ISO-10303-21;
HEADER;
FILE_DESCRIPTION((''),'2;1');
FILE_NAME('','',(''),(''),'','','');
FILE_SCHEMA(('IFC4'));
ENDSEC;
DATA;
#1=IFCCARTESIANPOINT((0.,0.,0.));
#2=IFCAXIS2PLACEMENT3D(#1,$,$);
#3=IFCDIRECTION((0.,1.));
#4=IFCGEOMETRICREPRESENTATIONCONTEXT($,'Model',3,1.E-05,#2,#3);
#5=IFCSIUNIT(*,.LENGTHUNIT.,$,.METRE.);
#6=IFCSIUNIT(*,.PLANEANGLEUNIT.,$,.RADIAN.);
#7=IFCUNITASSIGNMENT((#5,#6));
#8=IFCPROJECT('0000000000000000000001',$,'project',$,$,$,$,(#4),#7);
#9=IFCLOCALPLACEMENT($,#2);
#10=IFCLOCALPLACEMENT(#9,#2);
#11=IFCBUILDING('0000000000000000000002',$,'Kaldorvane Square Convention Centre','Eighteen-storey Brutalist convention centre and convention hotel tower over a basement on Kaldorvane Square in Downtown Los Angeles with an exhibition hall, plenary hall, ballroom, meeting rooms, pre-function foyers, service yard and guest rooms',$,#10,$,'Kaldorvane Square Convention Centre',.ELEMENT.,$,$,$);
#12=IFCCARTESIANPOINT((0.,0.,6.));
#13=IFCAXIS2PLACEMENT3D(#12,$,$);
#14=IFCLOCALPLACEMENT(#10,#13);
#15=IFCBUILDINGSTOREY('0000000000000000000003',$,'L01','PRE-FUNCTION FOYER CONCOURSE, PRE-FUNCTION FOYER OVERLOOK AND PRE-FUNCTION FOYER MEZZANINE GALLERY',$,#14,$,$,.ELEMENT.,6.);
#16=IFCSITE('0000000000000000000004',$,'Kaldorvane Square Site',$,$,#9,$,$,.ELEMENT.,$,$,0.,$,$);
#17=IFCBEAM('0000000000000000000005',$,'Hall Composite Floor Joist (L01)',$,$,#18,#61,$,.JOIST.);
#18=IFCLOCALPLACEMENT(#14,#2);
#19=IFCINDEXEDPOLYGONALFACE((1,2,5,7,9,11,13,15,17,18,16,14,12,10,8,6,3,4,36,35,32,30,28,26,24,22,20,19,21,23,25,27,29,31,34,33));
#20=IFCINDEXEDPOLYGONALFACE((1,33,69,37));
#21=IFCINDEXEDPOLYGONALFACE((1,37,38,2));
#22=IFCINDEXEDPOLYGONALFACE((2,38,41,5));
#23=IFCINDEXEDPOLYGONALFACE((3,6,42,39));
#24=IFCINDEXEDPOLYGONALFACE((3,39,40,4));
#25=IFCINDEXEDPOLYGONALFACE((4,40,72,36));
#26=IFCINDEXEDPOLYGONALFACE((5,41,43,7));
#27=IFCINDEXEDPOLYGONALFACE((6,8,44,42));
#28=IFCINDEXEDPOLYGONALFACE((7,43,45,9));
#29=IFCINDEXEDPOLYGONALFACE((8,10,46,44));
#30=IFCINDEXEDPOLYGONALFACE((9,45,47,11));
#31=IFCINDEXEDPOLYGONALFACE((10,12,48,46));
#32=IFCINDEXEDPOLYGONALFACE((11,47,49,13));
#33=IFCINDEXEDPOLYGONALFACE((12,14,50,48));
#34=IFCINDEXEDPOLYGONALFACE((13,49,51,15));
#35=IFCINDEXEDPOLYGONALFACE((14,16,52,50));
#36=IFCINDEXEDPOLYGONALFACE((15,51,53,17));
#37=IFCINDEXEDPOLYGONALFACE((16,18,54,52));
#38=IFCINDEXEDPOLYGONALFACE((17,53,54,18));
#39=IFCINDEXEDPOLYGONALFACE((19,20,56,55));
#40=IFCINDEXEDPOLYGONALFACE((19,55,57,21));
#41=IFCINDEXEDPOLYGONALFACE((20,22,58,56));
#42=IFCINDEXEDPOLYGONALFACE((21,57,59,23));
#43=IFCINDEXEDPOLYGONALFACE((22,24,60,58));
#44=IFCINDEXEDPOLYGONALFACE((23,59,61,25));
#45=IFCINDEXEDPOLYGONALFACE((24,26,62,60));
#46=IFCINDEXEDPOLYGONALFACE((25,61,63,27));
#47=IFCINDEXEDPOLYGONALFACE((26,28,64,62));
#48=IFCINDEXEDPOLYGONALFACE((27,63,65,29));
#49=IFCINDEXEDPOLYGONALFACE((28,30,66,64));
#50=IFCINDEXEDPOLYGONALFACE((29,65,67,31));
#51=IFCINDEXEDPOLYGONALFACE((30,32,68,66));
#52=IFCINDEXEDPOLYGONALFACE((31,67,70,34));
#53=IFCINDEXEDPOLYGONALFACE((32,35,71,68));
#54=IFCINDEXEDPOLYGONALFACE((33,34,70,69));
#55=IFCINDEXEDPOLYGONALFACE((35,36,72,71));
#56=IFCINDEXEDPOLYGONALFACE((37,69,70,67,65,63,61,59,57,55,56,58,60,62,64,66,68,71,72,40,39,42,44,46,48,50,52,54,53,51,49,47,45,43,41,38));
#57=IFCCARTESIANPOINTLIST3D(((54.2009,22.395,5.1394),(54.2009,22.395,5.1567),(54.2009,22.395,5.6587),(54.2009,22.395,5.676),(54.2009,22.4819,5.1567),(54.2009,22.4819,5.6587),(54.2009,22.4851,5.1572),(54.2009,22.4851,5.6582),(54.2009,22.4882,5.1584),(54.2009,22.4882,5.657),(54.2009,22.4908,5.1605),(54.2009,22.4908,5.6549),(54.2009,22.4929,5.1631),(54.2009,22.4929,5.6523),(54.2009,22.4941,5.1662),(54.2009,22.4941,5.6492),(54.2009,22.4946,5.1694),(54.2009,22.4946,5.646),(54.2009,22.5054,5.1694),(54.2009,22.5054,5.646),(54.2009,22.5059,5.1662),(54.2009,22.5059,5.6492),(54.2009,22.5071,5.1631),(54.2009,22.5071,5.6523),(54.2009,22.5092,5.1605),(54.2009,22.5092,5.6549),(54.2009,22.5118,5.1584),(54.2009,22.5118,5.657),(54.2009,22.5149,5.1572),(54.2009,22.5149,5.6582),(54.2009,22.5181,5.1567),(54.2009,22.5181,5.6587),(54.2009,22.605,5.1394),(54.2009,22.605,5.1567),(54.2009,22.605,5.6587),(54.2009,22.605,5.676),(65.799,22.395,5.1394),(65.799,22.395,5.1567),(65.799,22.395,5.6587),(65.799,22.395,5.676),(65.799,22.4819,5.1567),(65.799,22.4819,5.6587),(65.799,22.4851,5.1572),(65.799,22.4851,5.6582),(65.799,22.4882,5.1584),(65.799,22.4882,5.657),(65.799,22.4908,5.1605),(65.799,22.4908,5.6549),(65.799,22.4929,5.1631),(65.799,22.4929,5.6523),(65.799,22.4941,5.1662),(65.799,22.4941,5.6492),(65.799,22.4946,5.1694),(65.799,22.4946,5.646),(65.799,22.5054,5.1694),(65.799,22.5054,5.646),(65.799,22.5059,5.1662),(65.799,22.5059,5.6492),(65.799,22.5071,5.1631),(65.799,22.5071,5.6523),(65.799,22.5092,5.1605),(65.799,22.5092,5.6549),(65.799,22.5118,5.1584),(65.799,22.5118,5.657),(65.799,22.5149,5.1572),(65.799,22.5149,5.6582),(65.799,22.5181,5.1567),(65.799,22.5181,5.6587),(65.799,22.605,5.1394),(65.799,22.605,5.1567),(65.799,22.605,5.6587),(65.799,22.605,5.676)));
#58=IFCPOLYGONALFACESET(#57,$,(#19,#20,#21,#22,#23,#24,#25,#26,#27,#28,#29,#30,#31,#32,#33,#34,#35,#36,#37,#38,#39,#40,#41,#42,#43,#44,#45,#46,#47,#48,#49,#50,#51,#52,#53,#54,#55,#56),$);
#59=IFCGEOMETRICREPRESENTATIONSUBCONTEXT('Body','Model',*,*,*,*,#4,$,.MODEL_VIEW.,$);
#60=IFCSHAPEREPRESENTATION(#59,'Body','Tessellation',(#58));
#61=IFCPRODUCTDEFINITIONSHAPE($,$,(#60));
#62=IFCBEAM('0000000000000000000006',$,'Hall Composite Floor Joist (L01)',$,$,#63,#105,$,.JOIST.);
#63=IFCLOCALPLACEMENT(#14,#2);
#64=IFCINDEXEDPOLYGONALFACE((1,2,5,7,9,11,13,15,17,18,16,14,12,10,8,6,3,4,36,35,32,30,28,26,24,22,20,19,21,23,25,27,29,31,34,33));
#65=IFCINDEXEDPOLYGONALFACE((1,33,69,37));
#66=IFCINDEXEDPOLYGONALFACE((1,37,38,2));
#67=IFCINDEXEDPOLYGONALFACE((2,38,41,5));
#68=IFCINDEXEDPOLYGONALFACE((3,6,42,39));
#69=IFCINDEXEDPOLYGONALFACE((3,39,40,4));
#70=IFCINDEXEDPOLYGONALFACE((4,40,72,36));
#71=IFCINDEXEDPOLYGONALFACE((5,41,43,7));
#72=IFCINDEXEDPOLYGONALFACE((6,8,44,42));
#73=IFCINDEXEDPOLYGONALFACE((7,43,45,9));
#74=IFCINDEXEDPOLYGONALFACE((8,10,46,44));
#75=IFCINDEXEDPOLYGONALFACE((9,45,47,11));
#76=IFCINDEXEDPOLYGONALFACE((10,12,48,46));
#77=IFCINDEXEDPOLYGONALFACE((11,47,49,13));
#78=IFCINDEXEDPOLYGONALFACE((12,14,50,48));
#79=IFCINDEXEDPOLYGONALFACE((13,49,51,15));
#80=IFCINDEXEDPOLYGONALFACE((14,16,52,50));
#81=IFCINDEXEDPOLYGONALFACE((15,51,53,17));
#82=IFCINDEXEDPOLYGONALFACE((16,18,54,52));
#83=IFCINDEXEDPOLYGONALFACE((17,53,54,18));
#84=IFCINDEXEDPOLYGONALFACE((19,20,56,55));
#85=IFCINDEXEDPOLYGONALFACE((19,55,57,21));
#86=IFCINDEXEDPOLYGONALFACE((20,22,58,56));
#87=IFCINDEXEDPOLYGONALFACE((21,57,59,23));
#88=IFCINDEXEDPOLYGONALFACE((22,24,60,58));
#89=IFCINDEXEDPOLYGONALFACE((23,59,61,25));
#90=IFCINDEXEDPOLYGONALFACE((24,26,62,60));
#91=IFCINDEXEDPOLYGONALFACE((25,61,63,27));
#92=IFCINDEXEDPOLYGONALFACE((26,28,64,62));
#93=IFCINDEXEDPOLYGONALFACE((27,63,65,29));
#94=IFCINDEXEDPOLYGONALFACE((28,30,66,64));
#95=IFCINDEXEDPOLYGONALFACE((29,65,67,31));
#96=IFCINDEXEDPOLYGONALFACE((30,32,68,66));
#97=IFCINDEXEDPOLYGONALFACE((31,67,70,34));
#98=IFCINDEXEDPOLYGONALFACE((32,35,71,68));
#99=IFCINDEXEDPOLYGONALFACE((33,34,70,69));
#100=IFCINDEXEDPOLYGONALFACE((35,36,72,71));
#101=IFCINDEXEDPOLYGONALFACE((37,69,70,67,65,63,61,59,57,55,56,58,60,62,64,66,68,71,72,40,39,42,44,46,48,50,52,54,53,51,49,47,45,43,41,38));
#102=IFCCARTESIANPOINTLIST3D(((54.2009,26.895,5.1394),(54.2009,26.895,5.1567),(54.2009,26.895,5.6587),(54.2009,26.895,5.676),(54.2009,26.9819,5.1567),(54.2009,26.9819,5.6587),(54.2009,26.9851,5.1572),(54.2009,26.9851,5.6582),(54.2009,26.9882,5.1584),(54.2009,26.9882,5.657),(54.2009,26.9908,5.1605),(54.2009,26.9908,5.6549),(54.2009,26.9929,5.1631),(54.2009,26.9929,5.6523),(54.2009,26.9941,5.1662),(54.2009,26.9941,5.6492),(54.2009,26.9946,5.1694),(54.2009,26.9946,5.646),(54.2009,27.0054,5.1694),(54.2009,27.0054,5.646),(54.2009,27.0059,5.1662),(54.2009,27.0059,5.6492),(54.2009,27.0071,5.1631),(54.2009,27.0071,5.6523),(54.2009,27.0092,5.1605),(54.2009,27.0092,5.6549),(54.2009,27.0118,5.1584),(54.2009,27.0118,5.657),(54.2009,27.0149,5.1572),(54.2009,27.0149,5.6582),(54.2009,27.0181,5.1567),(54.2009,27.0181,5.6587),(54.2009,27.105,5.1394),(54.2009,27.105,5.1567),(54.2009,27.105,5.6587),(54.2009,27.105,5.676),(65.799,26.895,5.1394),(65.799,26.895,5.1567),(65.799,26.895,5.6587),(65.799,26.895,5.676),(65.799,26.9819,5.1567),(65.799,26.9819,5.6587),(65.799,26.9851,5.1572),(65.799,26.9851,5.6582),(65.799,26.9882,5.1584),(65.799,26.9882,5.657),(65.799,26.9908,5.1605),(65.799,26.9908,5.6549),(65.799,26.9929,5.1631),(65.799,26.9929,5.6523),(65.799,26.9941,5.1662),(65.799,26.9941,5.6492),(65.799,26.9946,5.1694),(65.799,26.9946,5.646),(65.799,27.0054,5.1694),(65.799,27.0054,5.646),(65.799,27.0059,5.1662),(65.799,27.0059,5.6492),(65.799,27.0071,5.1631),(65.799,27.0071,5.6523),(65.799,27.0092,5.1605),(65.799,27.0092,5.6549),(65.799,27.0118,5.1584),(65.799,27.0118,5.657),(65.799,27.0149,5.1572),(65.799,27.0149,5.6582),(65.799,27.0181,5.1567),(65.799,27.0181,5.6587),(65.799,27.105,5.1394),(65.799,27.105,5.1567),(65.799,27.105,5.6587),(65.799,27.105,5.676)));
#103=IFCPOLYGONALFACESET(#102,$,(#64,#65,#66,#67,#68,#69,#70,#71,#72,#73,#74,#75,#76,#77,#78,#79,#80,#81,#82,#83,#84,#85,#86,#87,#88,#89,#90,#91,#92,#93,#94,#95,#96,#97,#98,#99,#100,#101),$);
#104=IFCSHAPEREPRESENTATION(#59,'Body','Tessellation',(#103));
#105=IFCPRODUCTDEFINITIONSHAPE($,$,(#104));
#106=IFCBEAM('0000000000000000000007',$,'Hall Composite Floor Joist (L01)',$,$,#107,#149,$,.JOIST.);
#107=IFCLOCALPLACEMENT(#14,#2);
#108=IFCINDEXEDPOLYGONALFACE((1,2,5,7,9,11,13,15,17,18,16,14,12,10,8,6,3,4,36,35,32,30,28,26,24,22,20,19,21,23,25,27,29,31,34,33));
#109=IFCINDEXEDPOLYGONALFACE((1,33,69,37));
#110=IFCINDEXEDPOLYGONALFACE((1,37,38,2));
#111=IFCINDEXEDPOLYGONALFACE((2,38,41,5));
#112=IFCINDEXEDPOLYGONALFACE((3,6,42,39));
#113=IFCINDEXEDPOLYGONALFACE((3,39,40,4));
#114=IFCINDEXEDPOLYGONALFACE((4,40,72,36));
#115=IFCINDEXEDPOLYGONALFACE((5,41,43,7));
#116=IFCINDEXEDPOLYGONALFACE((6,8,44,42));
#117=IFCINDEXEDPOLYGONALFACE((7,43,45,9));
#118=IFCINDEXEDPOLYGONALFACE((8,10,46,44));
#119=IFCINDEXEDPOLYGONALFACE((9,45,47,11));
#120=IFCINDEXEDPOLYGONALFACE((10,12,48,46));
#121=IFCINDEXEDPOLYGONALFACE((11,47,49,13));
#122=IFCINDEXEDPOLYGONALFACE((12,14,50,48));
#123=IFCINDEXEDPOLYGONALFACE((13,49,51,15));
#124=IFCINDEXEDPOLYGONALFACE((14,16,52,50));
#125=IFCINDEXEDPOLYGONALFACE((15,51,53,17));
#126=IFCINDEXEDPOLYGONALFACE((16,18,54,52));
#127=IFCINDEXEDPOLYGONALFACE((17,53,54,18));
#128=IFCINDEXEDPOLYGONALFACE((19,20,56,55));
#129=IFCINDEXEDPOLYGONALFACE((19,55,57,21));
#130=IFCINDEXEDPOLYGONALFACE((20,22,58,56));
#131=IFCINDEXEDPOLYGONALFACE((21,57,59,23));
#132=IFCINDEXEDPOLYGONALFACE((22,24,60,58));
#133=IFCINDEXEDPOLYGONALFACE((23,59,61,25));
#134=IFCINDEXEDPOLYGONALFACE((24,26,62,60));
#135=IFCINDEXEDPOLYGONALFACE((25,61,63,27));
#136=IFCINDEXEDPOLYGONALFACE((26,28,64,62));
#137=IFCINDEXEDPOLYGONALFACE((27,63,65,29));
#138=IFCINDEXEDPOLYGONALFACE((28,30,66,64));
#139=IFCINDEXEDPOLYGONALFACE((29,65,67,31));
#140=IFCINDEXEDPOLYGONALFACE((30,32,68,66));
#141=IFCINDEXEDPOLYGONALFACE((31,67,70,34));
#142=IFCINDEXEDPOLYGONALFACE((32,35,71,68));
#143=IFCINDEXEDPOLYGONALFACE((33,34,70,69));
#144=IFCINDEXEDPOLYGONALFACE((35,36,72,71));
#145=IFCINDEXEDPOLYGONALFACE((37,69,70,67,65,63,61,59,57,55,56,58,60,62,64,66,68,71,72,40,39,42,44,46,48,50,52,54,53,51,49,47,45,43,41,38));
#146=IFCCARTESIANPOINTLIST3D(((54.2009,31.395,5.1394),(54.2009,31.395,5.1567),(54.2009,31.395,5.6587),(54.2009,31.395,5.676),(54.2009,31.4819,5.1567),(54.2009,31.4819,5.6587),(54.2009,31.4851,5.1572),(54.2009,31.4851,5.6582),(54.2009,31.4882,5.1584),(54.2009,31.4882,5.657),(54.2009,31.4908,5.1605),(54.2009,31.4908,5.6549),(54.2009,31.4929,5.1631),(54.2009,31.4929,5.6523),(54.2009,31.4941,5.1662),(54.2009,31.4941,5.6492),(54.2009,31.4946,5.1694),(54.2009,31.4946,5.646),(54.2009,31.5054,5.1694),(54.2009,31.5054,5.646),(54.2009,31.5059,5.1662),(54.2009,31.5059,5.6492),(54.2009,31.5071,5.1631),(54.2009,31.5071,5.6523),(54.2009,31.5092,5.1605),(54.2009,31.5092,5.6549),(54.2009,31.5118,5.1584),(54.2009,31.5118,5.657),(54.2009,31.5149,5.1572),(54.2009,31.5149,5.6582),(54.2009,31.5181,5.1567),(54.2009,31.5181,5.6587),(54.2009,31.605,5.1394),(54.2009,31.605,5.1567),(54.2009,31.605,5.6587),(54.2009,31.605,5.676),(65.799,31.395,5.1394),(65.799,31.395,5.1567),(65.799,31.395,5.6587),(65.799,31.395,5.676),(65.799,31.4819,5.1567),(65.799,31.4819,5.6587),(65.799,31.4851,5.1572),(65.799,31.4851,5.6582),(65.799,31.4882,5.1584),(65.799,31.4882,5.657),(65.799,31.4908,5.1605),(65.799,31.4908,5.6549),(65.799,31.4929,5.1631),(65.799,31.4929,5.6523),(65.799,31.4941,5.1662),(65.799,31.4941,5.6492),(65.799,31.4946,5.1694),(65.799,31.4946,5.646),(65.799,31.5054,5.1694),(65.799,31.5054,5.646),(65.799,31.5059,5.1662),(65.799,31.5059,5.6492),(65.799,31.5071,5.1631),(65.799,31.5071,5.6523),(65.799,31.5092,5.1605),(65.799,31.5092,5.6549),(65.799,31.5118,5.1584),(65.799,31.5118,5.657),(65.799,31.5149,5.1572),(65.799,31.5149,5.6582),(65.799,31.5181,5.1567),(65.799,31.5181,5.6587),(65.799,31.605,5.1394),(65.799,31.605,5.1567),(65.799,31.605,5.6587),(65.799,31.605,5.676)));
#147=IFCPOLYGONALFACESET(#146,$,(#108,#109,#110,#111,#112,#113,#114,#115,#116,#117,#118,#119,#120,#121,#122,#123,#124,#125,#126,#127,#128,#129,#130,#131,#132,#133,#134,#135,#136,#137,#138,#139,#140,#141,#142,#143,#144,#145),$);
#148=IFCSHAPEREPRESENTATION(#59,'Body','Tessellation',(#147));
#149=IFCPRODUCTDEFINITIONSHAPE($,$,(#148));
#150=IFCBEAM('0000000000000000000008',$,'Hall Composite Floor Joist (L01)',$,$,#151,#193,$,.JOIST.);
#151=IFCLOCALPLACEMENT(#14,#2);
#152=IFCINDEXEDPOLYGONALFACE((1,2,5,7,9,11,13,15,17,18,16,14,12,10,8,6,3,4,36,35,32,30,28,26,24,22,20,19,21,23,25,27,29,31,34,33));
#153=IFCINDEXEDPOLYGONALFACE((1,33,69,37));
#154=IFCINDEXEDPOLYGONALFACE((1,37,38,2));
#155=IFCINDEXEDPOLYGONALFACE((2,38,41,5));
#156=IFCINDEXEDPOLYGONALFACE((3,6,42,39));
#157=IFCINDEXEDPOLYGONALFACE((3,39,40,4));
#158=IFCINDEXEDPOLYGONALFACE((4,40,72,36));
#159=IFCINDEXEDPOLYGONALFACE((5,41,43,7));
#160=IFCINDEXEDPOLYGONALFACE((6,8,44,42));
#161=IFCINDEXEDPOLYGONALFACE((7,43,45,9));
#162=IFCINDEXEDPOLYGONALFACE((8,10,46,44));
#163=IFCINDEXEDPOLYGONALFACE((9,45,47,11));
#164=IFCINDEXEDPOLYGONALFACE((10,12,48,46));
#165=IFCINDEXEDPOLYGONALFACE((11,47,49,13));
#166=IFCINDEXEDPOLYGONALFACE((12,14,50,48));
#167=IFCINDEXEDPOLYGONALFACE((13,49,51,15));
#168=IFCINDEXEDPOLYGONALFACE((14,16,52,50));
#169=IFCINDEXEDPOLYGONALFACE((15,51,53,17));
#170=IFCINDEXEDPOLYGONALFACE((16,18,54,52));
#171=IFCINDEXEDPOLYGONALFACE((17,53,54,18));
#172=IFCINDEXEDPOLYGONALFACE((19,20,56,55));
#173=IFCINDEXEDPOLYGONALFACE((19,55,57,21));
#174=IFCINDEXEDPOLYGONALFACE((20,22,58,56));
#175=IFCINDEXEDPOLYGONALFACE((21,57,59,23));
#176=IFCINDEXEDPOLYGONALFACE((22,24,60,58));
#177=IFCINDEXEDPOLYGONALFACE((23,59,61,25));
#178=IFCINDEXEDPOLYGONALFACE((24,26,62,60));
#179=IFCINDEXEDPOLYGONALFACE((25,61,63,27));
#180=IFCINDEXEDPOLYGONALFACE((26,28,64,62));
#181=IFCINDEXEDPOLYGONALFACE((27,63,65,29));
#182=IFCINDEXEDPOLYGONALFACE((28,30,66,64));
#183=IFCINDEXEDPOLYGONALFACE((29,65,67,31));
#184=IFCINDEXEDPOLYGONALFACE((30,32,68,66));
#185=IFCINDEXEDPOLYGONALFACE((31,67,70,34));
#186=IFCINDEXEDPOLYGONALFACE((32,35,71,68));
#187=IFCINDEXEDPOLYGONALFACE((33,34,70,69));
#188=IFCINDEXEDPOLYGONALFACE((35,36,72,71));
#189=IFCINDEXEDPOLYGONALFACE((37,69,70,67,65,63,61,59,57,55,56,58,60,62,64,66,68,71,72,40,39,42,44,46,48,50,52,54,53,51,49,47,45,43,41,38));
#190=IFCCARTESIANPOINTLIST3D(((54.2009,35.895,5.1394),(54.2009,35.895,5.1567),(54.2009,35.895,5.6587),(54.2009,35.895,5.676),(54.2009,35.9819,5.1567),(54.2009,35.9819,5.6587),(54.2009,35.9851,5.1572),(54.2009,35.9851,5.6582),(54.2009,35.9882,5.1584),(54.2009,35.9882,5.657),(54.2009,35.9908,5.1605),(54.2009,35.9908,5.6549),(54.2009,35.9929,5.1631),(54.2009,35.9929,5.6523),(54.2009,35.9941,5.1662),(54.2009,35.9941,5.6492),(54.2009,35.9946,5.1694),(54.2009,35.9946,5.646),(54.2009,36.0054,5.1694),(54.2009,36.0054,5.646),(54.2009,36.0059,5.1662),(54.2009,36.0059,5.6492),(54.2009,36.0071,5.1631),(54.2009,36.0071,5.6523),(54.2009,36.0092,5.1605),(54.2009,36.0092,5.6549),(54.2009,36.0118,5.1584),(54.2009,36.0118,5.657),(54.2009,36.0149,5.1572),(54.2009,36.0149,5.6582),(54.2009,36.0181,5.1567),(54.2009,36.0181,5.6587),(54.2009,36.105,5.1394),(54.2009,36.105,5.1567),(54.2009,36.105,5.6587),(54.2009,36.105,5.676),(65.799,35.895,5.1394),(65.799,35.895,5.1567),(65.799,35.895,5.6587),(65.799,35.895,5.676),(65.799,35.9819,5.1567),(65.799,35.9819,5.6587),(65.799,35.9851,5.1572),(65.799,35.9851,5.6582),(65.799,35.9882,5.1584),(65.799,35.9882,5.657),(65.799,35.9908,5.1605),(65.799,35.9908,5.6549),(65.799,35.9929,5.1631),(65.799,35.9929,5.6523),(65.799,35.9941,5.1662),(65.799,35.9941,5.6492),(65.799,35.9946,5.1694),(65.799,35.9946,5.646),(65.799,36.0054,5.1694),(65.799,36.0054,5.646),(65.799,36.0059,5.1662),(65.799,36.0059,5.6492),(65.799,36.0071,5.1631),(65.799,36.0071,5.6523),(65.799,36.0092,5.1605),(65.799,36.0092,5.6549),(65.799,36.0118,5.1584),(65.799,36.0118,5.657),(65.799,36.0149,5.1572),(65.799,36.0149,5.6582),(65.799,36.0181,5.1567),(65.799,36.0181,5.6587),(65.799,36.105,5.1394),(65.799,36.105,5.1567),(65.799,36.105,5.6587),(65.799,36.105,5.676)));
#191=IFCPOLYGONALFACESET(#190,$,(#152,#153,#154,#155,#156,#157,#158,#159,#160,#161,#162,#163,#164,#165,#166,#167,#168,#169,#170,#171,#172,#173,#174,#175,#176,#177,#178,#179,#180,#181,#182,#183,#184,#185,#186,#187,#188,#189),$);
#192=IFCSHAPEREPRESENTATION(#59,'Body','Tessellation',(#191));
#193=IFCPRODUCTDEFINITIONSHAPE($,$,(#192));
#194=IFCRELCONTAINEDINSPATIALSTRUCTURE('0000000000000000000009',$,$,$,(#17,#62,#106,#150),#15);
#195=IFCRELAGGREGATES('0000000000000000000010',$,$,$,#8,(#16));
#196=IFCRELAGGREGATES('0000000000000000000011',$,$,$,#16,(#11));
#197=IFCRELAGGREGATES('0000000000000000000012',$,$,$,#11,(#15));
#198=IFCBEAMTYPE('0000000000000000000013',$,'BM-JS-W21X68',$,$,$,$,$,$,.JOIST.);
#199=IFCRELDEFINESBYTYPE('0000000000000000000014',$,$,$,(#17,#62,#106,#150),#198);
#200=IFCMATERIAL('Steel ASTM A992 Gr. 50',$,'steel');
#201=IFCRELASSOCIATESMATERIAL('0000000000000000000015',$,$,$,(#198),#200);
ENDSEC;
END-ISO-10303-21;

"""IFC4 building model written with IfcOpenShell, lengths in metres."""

from ifc_helpers import new_model, si_unit, direction, frame, origin, origin_2d, place, context, subcontext, project, spatial, i_section, extrude, material, material_profile, profile_set, type_object, element, save


model = new_model("IFC4")

# Units and contexts
model_context = context("Model", 3, precision=1e-05, world=origin(), true_north=direction((0.0, 1.0)))
body_context = subcontext(model_context, "Body", "Model", "MODEL_VIEW")
ifc_project = project(units=[si_unit("LENGTHUNIT", "METRE"), si_unit("PLANEANGLEUNIT", "RADIAN")], contexts=[model_context])

# Site, building, storey
site_placement = place(None, origin())
site = spatial("IfcSite", under=ifc_project, at=site_placement, Name="Kaldorvane Square Site", CompositionType="ELEMENT", RefElevation=0.0)
building_placement = place(site_placement, origin())
building = spatial("IfcBuilding", under=site, at=building_placement, Name="Kaldorvane Square Convention Centre", Description="Eighteen-storey Brutalist convention centre and convention hotel tower over a basement on Kaldorvane Square in Downtown Los Angeles with an exhibition hall, plenary hall, ballroom, meeting rooms, pre-function foyers, service yard and guest rooms", LongName="Kaldorvane Square Convention Centre", CompositionType="ELEMENT")
storey_placement = place(building_placement, frame((0.0, 0.0, 6.0)))
storey = spatial("IfcBuildingStorey", under=building, at=storey_placement, Name="L01", Description="PRE-FUNCTION FOYER CONCOURSE, PRE-FUNCTION FOYER OVERLOOK AND PRE-FUNCTION FOYER MEZZANINE GALLERY", CompositionType="ELEMENT", Elevation=6.0)

# Beams
ifc_material = material(Name="Steel ASTM A992 Gr. 50", Category="steel")
ifc_material_profile_1 = material_profile(ifc_material, i_section(OverallWidth=0.2101, OverallDepth=0.5367, WebThickness=0.0109, FlangeThickness=0.0174, FilletRadius=0.0127, at=origin_2d()), Name="W21X68")
ifc_profile_set_1 = profile_set([ifc_material_profile_1], Name="Steel ASTM A992 Gr. 50")
beam_type_1 = type_object("IfcBeamType", Name="BM-JS-W21X68", PredefinedType="JOIST", material=ifc_profile_set_1)
for number, where, z_axis, x_axis, name in (
    (1, (54.2009, 22.5, 5.4077), (1.0, 0.0, 0.0), (0.0, 1.0, 0.0), "Hall Composite Floor Joist (L01)"),
    (2, (54.2009, 27.0, 5.4077), (1.0, 0.0, 0.0), (0.0, 1.0, 0.0), "Hall Composite Floor Joist (L01)"),
    (3, (54.2009, 31.5, 5.4077), (1.0, 0.0, 0.0), (0.0, 1.0, 0.0), "Hall Composite Floor Joist (L01)"),
    (4, (54.2009, 36.0, 5.4077), (1.0, 0.0, 0.0), (0.0, 1.0, 0.0), "Hall Composite Floor Joist (L01)"),
):
    element("IfcBeam", number, at=place(storey_placement, frame(where, z_axis=z_axis, x_axis=x_axis)), inside=storey, type_object=beam_type_1, Name=name, PredefinedType="JOIST", context=body_context, shape_type="SweptSolid", body=[
        extrude(i_section(OverallWidth=0.2101, OverallDepth=0.5367, WebThickness=0.0109, FlangeThickness=0.0174, FilletRadius=0.0127, at=origin_2d()), origin(), (0.0, 0.0, 1.0), 11.5981),
    ])

save(model, "model.ifc")
